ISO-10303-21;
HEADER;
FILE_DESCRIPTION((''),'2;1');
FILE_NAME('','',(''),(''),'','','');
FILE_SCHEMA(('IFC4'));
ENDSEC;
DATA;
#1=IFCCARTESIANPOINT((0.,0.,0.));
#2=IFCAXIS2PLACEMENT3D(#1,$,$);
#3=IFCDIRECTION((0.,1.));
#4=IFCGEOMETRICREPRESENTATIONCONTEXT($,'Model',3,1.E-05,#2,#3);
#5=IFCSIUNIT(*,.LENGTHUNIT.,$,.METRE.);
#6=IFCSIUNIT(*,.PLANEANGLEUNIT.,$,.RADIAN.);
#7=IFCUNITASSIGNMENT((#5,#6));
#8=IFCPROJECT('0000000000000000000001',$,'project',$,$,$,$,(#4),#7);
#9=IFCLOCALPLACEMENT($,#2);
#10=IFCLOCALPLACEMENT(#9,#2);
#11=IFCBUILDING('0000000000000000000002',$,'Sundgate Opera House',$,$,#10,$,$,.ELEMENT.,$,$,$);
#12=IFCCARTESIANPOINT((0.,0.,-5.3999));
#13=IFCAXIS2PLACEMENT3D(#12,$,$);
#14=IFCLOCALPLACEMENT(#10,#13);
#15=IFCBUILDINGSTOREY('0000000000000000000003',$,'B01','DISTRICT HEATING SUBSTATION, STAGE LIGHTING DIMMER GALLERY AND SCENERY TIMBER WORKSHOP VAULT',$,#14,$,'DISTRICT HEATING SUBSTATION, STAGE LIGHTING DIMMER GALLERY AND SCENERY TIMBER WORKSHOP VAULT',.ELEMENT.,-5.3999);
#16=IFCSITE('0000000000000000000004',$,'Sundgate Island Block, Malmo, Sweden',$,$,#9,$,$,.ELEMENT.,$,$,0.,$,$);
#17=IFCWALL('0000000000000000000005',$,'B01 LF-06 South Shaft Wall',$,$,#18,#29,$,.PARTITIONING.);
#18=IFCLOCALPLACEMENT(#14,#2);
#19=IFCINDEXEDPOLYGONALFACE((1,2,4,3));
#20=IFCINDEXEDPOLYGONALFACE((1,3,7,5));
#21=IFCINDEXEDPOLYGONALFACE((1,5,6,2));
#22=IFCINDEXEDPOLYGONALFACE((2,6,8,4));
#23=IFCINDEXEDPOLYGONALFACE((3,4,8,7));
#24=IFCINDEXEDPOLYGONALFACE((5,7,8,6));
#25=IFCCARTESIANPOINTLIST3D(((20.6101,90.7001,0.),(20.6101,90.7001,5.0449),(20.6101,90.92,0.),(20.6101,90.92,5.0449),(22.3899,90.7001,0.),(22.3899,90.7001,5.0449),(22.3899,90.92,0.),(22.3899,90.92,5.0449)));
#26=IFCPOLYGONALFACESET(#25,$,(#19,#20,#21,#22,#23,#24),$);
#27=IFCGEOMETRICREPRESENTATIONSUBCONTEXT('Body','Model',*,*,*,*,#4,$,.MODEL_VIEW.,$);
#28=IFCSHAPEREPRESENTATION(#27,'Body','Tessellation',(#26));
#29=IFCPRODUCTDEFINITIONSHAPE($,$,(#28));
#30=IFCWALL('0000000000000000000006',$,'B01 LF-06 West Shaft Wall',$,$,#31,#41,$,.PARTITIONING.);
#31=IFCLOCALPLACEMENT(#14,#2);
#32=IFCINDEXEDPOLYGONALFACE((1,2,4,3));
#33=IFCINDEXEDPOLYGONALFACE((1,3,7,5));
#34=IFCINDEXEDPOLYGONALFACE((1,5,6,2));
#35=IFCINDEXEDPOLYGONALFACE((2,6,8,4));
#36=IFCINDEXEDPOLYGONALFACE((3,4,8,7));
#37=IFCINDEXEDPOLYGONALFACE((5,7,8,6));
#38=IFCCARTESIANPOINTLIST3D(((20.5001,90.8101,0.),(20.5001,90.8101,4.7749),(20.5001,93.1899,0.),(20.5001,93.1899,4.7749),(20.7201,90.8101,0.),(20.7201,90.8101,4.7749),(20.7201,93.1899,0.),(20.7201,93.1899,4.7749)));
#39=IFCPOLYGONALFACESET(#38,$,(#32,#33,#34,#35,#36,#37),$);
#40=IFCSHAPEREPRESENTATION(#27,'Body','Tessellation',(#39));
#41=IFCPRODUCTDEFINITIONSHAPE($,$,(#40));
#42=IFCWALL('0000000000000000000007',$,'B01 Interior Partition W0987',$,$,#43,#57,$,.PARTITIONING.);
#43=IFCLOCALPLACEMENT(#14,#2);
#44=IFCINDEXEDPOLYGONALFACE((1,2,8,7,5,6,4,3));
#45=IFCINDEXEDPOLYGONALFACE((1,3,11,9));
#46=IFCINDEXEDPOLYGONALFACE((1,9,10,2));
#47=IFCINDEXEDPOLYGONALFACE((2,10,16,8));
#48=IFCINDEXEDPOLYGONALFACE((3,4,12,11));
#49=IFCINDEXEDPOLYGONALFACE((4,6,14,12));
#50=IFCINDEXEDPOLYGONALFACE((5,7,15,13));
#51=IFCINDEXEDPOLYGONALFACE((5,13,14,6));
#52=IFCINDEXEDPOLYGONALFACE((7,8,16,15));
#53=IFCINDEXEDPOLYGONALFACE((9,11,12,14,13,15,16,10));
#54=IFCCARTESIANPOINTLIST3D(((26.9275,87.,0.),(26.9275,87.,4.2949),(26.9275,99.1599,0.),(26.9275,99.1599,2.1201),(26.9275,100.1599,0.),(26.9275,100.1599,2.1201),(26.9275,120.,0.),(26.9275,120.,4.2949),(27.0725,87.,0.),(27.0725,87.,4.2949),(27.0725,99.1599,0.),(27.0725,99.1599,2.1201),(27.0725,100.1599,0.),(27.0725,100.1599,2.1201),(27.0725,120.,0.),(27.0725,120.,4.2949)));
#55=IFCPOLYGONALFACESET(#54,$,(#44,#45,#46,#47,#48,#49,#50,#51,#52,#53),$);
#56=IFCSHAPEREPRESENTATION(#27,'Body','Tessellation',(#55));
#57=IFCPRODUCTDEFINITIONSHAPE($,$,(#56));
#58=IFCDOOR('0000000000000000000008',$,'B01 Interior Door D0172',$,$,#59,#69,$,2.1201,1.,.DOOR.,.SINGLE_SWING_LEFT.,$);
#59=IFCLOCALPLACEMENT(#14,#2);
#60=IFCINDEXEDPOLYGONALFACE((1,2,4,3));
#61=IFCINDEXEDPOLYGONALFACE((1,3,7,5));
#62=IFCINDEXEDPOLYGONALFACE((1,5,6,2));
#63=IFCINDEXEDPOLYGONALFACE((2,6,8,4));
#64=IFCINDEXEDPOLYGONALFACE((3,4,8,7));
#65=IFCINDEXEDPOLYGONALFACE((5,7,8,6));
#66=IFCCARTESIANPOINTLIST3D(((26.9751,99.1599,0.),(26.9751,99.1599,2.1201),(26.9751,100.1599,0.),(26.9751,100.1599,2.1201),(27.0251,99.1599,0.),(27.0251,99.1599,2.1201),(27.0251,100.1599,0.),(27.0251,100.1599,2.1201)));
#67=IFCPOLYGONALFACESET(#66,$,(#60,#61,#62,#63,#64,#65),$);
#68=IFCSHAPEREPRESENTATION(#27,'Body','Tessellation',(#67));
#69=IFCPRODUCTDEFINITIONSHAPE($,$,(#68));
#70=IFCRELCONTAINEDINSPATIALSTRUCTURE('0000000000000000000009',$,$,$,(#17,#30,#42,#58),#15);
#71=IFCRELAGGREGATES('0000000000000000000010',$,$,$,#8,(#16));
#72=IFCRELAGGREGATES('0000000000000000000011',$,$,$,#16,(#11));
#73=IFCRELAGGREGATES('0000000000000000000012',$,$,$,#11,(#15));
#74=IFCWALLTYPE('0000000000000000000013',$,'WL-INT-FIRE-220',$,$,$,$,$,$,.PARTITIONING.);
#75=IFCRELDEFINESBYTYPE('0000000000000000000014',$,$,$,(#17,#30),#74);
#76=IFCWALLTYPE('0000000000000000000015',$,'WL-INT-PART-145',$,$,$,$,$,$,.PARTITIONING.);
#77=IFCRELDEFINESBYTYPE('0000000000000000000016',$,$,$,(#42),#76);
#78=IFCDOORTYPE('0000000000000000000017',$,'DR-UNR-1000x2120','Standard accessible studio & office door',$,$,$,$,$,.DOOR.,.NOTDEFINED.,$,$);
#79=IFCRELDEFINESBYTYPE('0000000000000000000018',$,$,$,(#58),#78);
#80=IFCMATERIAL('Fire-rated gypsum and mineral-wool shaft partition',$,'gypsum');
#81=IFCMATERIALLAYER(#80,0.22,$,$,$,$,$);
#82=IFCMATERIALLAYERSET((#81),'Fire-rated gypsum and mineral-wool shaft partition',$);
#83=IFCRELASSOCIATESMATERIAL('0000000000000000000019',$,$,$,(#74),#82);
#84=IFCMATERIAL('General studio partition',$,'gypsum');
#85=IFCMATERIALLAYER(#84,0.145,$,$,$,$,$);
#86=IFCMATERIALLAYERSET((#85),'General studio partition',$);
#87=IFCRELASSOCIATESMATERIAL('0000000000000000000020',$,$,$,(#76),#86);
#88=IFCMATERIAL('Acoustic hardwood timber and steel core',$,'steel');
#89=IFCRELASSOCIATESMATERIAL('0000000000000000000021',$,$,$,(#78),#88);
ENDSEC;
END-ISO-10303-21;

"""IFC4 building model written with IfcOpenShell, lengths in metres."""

from ifc_helpers import new_model, si_unit, direction, frame, frame_2d, origin, place, context, subcontext, project, spatial, rectangle, extrude, material, layer, layer_set, type_object, element, fill, save


model = new_model("IFC4")

# Units and contexts
model_context = context("Model", 3, precision=1e-05, world=origin(), true_north=direction((0.0, 1.0)))
body_context = subcontext(model_context, "Body", "Model", "MODEL_VIEW")
ifc_project = project(units=[si_unit("LENGTHUNIT", "METRE"), si_unit("PLANEANGLEUNIT", "RADIAN")], contexts=[model_context])

# Site, building, storey
site_placement = place(None, origin())
site = spatial("IfcSite", under=ifc_project, at=site_placement, Name="Sundgate Island Block, Malmo, Sweden", CompositionType="ELEMENT", RefElevation=0.0)
building_placement = place(site_placement, origin())
building = spatial("IfcBuilding", under=site, at=building_placement, Name="Sundgate Opera House", CompositionType="ELEMENT")
storey_placement = place(building_placement, frame((0.0, 0.0, -5.3999)))
storey = spatial("IfcBuildingStorey", under=building, at=storey_placement, Name="B01", Description="DISTRICT HEATING SUBSTATION, STAGE LIGHTING DIMMER GALLERY AND SCENERY TIMBER WORKSHOP VAULT", LongName="DISTRICT HEATING SUBSTATION, STAGE LIGHTING DIMMER GALLERY AND SCENERY TIMBER WORKSHOP VAULT", CompositionType="ELEMENT", Elevation=-5.3999)

# Walls
ifc_material_1 = material(Name="Fire-rated gypsum and mineral-wool shaft partition", Category="gypsum")
ifc_layer_1 = layer(ifc_material_1, 0.22)
ifc_layer_set_1 = layer_set([ifc_layer_1], Name="Fire-rated gypsum and mineral-wool shaft partition")
wall_type_1 = type_object("IfcWallType", Name="WL-INT-FIRE-220", PredefinedType="PARTITIONING", material=ifc_layer_set_1)
wall_1_placement = place(storey_placement, frame((20.6101, 90.8101, 0.0), z_axis=(0.0, 0.0, 1.0), x_axis=(1.0, 0.0, 0.0)))
element("IfcWall", 1, at=wall_1_placement, inside=storey, type_object=wall_type_1, Name="B01 LF-06 South Shaft Wall", PredefinedType="PARTITIONING", context=body_context, shape_type="SweptSolid", body=[
    extrude(rectangle(XDim=1.7798, YDim=0.22, at=frame_2d((0.8899, 0.0))), origin(), (0.0, 0.0, 1.0), 5.0449),
])
wall_2_placement = place(storey_placement, frame((20.6101, 90.8101, 0.0), z_axis=(0.0, 0.0, 1.0), x_axis=(0.0, 1.0, 0.0)))
element("IfcWall", 2, at=wall_2_placement, inside=storey, type_object=wall_type_1, Name="B01 LF-06 West Shaft Wall", PredefinedType="PARTITIONING", context=body_context, shape_type="SweptSolid", body=[
    extrude(rectangle(XDim=2.3799, YDim=0.22, at=frame_2d((1.1899, 0.0))), origin(), (0.0, 0.0, 1.0), 4.7749),
])

# Wall, opening, door
ifc_material_2 = material(Name="General studio partition", Category="gypsum")
ifc_layer_2 = layer(ifc_material_2, 0.145)
ifc_layer_set_2 = layer_set([ifc_layer_2], Name="General studio partition")
wall_type_2 = type_object("IfcWallType", Name="WL-INT-PART-145", PredefinedType="PARTITIONING", material=ifc_layer_set_2)
wall_3_placement = place(storey_placement, frame((27.0, 87.0, 0.0), z_axis=(0.0, 0.0, 1.0), x_axis=(0.0, 1.0, 0.0)))
wall_3 = element("IfcWall", 3, at=wall_3_placement, inside=storey, type_object=wall_type_2, Name="B01 Interior Partition W0987", PredefinedType="PARTITIONING", context=body_context, shape_type="SweptSolid", body=[
    extrude(rectangle(XDim=33.0, YDim=0.145, at=frame_2d((16.5, 0.0))), origin(), (0.0, 0.0, 1.0), 4.2949),
])
opening_placement = place(wall_3_placement, frame((12.1599, 0.0, 0.0)))
opening = element("IfcOpeningElement", 4, at=opening_placement, cuts=wall_3, PredefinedType="OPENING", context=body_context, shape_type="SweptSolid", body=[
    extrude(rectangle(XDim=1.0, YDim=2.1201, at=frame_2d((0.5, 1.0601))), frame((0.0, 0.0825, 0.0), z_axis=(0.0, -1.0, 0.0), x_axis=(1.0, 0.0, 0.0)), (0.0, 0.0, 1.0), 0.165),
])
ifc_material_3 = material(Name="Acoustic hardwood timber and steel core", Category="steel")
door_type = type_object("IfcDoorType", Name="DR-UNR-1000x2120", Description="Standard accessible studio & office door", OperationType="NOTDEFINED", PredefinedType="DOOR", material=ifc_material_3)
door_placement = place(opening_placement, origin())
door = element("IfcDoor", 5, at=door_placement, inside=storey, type_object=door_type, Name="B01 Interior Door D0172", OperationType="SINGLE_SWING_LEFT", OverallHeight=2.1201, OverallWidth=1.0, PredefinedType="DOOR", context=body_context, shape_type="SweptSolid", body=[
    extrude(rectangle(XDim=1.0, YDim=2.1201, at=frame_2d((0.5, 1.0601))), frame((0.0, 0.0249, 0.0), z_axis=(0.0, -1.0, 0.0), x_axis=(1.0, 0.0, 0.0)), (0.0, 0.0, 1.0), 0.05),
])
fill(opening, door)

save(model, "model.ifc")
